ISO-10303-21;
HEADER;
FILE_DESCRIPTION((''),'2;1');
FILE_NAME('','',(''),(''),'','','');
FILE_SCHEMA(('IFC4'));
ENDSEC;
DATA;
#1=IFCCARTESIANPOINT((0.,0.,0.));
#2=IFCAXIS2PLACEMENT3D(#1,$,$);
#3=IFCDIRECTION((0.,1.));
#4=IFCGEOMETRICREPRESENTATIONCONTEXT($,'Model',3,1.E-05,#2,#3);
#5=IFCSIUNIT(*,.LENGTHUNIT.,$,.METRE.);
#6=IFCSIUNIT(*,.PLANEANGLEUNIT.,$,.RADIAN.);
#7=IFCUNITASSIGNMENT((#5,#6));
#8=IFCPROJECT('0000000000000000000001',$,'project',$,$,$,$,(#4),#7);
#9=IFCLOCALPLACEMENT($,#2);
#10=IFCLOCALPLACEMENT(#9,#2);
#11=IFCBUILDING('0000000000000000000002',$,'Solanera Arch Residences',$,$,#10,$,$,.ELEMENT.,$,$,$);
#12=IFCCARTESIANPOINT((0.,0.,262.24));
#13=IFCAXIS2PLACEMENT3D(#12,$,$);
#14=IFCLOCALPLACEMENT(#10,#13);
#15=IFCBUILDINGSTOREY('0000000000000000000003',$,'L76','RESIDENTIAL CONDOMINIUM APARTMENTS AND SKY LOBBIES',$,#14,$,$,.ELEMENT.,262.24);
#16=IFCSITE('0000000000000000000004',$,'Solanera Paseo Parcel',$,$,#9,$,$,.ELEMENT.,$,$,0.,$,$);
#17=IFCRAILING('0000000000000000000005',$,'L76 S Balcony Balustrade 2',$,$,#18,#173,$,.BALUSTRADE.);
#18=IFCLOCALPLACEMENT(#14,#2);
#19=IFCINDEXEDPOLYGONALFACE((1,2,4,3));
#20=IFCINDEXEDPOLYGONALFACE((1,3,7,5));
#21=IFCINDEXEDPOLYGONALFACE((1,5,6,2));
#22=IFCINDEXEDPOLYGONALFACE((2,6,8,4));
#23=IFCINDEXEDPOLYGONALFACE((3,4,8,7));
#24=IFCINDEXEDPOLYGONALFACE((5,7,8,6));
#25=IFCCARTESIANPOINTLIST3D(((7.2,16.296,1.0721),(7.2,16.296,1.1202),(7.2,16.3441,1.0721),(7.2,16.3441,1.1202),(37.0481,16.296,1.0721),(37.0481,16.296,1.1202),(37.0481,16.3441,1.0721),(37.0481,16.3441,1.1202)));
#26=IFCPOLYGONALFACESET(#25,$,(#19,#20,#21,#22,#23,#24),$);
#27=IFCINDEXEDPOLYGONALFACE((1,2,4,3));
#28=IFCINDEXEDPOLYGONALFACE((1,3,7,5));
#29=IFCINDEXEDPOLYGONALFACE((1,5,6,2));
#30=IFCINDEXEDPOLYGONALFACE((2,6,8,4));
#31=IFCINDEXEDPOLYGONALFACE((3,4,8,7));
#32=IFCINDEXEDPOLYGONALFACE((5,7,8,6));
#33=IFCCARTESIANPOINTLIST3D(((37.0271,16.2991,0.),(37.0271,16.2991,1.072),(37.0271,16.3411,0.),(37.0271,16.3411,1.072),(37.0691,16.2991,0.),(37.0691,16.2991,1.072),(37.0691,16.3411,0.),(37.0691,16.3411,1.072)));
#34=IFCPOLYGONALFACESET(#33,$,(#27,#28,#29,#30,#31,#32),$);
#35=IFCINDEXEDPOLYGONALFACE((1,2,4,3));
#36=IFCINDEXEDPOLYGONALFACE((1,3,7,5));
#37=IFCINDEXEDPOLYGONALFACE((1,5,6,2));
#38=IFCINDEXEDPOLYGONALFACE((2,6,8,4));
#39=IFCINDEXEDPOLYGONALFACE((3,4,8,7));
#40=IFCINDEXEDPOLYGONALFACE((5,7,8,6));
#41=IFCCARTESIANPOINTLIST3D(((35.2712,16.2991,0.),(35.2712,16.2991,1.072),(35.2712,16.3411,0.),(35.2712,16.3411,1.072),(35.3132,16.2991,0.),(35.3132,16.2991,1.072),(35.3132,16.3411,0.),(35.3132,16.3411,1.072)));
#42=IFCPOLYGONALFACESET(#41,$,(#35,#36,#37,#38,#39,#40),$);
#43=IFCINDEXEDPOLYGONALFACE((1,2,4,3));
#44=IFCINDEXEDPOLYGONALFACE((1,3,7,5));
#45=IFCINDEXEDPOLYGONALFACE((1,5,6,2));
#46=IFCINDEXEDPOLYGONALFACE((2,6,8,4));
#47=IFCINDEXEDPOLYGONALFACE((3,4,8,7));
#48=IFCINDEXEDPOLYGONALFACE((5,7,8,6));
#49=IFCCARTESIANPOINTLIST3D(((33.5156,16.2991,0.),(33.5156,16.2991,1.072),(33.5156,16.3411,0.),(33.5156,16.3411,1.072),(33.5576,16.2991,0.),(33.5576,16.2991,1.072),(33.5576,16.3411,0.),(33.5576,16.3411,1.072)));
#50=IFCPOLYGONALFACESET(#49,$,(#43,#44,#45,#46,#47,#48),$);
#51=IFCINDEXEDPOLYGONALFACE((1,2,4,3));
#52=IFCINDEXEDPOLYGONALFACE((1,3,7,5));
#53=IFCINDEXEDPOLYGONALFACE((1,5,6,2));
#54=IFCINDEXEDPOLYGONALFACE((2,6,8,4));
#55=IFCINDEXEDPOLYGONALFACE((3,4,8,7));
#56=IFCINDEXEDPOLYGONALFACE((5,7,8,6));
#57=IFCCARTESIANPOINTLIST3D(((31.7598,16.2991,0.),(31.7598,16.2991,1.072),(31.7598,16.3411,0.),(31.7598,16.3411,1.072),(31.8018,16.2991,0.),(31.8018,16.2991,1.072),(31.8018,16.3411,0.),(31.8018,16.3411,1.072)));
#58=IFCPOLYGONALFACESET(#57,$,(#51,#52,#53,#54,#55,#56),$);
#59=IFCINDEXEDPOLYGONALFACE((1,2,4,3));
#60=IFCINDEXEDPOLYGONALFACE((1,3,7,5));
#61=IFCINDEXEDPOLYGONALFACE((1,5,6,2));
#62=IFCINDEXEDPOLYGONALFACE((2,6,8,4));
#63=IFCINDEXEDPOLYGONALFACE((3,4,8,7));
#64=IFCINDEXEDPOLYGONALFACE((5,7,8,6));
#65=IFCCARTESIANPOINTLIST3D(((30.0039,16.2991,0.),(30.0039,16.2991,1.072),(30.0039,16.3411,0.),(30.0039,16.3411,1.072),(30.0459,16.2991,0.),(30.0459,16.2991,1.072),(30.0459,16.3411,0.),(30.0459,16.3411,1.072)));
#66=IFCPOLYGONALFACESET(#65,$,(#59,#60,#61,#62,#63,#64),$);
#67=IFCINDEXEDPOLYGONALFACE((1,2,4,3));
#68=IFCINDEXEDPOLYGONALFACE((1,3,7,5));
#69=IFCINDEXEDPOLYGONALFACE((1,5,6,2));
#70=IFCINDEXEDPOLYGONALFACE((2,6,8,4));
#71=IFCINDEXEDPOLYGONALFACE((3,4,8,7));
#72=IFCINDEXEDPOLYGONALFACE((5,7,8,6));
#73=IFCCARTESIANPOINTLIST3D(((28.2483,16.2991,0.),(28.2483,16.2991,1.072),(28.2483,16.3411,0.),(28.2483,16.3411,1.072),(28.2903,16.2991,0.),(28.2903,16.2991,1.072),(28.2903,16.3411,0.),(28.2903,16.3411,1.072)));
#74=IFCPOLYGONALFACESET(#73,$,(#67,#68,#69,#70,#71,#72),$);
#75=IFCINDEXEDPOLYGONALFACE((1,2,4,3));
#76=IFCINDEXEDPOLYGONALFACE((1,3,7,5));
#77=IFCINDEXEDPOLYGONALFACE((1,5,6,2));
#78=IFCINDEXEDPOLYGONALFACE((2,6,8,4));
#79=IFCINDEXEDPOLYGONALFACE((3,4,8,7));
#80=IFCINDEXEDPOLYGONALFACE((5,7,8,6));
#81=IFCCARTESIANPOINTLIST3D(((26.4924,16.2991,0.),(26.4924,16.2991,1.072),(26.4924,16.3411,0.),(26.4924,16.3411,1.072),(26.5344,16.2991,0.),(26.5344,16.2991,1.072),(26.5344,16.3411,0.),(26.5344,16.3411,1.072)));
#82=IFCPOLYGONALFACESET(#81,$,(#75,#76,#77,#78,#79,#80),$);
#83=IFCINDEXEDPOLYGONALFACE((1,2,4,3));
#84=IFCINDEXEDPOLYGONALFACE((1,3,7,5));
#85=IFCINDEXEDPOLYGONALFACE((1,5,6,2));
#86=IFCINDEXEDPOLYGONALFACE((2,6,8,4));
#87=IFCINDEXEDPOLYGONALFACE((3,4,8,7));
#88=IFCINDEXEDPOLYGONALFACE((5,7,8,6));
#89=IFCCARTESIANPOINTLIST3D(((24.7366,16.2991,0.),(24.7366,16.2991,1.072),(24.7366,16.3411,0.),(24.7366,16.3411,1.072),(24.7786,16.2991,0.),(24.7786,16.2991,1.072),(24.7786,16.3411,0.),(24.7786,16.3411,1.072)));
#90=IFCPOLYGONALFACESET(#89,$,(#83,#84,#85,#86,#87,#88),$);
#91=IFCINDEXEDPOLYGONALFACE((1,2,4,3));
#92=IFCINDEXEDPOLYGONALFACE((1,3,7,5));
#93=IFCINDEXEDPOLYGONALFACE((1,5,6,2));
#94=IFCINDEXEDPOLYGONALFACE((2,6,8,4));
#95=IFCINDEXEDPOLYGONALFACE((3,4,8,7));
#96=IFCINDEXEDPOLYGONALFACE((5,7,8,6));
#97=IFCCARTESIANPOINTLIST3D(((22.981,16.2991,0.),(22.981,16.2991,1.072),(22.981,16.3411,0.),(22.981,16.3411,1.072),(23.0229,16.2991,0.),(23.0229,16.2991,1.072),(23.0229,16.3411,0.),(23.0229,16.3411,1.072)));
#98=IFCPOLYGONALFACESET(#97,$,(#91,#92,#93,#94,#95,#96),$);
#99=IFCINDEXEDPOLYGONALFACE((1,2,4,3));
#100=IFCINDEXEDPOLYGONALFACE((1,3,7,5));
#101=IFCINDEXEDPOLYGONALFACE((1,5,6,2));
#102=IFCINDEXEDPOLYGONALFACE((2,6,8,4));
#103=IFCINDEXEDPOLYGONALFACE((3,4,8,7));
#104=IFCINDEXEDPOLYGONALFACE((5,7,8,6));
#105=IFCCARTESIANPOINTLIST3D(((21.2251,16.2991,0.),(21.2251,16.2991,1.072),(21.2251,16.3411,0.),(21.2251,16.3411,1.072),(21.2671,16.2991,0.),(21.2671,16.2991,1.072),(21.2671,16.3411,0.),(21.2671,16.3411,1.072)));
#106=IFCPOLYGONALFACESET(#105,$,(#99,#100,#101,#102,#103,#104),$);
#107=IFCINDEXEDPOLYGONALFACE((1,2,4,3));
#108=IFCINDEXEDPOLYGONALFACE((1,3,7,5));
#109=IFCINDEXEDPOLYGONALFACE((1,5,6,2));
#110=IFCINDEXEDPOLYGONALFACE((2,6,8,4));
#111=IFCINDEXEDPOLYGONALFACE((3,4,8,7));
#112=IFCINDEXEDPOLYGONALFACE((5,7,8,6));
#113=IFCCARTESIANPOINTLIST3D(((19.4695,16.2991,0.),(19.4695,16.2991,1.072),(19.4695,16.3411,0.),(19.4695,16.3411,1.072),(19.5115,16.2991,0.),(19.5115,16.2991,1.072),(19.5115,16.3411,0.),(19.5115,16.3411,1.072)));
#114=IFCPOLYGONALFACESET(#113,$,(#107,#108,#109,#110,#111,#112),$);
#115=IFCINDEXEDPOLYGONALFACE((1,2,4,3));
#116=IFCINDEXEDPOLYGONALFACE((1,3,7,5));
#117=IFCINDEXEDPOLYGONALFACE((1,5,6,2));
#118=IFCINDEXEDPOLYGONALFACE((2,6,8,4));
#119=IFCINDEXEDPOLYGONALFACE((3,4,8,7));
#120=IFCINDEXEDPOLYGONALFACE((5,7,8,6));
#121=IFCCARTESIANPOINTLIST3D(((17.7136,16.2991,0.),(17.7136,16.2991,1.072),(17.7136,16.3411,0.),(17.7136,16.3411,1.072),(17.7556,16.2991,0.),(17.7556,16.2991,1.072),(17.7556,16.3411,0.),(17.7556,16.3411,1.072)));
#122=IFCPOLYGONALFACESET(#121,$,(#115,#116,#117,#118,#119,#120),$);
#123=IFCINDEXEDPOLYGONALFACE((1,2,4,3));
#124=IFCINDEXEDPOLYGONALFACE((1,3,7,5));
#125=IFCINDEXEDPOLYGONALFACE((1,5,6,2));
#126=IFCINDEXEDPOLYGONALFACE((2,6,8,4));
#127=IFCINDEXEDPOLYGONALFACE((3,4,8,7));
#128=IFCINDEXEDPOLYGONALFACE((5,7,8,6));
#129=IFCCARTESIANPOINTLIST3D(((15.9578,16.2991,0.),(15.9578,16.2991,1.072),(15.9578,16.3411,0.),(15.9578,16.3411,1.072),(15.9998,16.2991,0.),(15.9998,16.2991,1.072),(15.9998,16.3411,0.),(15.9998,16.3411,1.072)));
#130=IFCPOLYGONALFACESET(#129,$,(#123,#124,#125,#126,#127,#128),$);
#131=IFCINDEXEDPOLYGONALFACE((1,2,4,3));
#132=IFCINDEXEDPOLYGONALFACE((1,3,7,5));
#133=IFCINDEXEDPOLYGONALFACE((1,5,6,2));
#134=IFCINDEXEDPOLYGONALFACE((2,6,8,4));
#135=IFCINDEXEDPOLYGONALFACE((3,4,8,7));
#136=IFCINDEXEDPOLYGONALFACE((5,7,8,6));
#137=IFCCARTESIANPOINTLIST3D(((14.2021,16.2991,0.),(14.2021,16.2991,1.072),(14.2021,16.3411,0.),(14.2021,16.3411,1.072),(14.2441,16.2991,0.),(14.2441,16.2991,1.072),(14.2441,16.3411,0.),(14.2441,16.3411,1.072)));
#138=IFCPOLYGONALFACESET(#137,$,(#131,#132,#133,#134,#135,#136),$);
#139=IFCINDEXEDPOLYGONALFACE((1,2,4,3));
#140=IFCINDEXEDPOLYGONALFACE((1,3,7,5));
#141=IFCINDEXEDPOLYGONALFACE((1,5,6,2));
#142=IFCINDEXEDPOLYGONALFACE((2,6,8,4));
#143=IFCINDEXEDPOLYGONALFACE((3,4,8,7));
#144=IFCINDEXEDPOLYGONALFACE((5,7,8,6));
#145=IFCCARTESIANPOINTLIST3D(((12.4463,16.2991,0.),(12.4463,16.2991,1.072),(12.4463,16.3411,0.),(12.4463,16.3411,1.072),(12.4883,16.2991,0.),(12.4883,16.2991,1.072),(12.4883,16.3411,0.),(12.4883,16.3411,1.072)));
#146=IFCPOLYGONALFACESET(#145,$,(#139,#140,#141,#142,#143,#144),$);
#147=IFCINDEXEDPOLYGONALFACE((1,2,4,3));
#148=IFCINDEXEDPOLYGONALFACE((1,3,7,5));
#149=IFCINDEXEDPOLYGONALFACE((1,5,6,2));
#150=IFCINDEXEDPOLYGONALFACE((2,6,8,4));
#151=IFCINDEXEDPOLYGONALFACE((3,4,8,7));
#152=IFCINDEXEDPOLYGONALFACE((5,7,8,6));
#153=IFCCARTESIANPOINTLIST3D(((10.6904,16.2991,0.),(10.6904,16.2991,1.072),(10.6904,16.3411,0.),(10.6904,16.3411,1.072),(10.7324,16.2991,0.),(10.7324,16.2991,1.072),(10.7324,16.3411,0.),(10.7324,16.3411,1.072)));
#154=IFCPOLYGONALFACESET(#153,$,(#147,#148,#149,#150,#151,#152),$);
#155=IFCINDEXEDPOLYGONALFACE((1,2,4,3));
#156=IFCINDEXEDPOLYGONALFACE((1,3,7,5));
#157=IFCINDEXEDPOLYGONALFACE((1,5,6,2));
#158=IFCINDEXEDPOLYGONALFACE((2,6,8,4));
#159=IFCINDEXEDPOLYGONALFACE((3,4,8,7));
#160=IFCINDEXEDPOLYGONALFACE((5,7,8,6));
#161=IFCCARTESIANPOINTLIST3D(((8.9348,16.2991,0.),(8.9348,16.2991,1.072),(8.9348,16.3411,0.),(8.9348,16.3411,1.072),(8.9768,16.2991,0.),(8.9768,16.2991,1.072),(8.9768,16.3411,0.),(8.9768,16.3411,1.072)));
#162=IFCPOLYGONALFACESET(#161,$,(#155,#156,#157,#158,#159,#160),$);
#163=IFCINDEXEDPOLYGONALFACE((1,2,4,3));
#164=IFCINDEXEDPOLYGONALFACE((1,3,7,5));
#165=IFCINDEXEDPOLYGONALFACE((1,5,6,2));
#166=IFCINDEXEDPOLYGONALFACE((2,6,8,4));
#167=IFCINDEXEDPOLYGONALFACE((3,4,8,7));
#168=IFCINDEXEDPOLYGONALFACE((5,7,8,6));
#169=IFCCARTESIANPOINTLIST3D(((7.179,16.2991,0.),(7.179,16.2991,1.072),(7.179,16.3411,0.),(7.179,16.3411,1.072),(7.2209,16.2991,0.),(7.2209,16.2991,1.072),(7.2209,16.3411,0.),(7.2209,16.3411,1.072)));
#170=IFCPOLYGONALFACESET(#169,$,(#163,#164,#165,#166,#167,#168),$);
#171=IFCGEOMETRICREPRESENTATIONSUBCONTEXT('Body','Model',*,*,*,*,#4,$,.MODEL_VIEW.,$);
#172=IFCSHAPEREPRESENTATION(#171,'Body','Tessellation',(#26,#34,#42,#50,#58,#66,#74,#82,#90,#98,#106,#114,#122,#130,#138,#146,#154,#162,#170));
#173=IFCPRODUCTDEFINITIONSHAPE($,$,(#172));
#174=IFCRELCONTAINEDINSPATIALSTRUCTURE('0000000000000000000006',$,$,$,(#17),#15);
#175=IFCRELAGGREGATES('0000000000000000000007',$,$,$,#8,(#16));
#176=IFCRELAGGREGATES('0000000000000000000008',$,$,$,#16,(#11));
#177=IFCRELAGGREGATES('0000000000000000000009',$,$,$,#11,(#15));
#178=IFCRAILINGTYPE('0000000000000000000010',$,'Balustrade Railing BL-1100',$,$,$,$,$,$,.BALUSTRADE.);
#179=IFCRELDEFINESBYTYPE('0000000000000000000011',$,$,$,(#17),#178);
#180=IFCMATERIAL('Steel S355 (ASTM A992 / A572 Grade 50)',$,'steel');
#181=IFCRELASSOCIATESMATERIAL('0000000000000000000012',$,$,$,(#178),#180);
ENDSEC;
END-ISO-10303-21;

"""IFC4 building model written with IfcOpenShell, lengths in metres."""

from ifc_helpers import new_model, si_unit, direction, frame, origin, origin_2d, place, context, subcontext, project, spatial, rectangle, extrude, material, type_object, element, save


model = new_model("IFC4")

# Units and contexts
model_context = context("Model", 3, precision=1e-05, world=origin(), true_north=direction((0.0, 1.0)))
body_context = subcontext(model_context, "Body", "Model", "MODEL_VIEW")
ifc_project = project(units=[si_unit("LENGTHUNIT", "METRE"), si_unit("PLANEANGLEUNIT", "RADIAN")], contexts=[model_context])

# Site, building, storey
site_placement = place(None, origin())
site = spatial("IfcSite", under=ifc_project, at=site_placement, Name="Solanera Paseo Parcel", CompositionType="ELEMENT", RefElevation=0.0)
building_placement = place(site_placement, origin())
building = spatial("IfcBuilding", under=site, at=building_placement, Name="Solanera Arch Residences", CompositionType="ELEMENT")
storey_placement = place(building_placement, frame((0.0, 0.0, 262.24)))
storey = spatial("IfcBuildingStorey", under=building, at=storey_placement, Name="L76", Description="RESIDENTIAL CONDOMINIUM APARTMENTS AND SKY LOBBIES", CompositionType="ELEMENT", Elevation=262.24)

# Railing
ifc_material_1 = material(Name="Steel S355 (ASTM A992 / A572 Grade 50)", Category="steel")
railing_type = type_object("IfcRailingType", Name="Balustrade Railing BL-1100", PredefinedType="BALUSTRADE", material=ifc_material_1)
railing_1_placement = place(storey_placement, frame((37.0481, 16.3201, 0.0)))
element("IfcRailing", 1, at=railing_1_placement, inside=storey, type_object=railing_type, Name="L76 S Balcony Balustrade 2", PredefinedType="BALUSTRADE", context=body_context, shape_type="SweptSolid", body=[
    extrude(rectangle(XDim=0.0481, YDim=0.0481, at=origin_2d()), frame((0.0, 0.0, 1.0962), z_axis=(-1.0, 0.0, 0.0), x_axis=(0.0, -1.0, 0.0)), (0.0, 0.0, 1.0), 29.8481),
    extrude(rectangle(XDim=0.042, YDim=0.042, at=origin_2d()), origin(), (0.0, 0.0, 1.0), 1.072),
    extrude(rectangle(XDim=0.042, YDim=0.042, at=origin_2d()), frame((-1.7559, 0.0, 0.0)), (0.0, 0.0, 1.0), 1.072),
    extrude(rectangle(XDim=0.042, YDim=0.042, at=origin_2d()), frame((-3.5115, 0.0, 0.0)), (0.0, 0.0, 1.0), 1.072),
    extrude(rectangle(XDim=0.042, YDim=0.042, at=origin_2d()), frame((-5.2673, 0.0, 0.0)), (0.0, 0.0, 1.0), 1.072),
    extrude(rectangle(XDim=0.042, YDim=0.042, at=origin_2d()), frame((-7.0232, 0.0, 0.0)), (0.0, 0.0, 1.0), 1.072),
    extrude(rectangle(XDim=0.042, YDim=0.042, at=origin_2d()), frame((-8.7788, 0.0, 0.0)), (0.0, 0.0, 1.0), 1.072),
    extrude(rectangle(XDim=0.042, YDim=0.042, at=origin_2d()), frame((-10.5347, 0.0, 0.0)), (0.0, 0.0, 1.0), 1.072),
    extrude(rectangle(XDim=0.042, YDim=0.042, at=origin_2d()), frame((-12.2905, 0.0, 0.0)), (0.0, 0.0, 1.0), 1.072),
    extrude(rectangle(XDim=0.042, YDim=0.042, at=origin_2d()), frame((-14.0461, 0.0, 0.0)), (0.0, 0.0, 1.0), 1.072),
    extrude(rectangle(XDim=0.042, YDim=0.042, at=origin_2d()), frame((-15.802, 0.0, 0.0)), (0.0, 0.0, 1.0), 1.072),
    extrude(rectangle(XDim=0.042, YDim=0.042, at=origin_2d()), frame((-17.5576, 0.0, 0.0)), (0.0, 0.0, 1.0), 1.072),
    extrude(rectangle(XDim=0.042, YDim=0.042, at=origin_2d()), frame((-19.3135, 0.0, 0.0)), (0.0, 0.0, 1.0), 1.072),
    extrude(rectangle(XDim=0.042, YDim=0.042, at=origin_2d()), frame((-21.0693, 0.0, 0.0)), (0.0, 0.0, 1.0), 1.072),
    extrude(rectangle(XDim=0.042, YDim=0.042, at=origin_2d()), frame((-22.825, 0.0, 0.0)), (0.0, 0.0, 1.0), 1.072),
    extrude(rectangle(XDim=0.042, YDim=0.042, at=origin_2d()), frame((-24.5808, 0.0, 0.0)), (0.0, 0.0, 1.0), 1.072),
    extrude(rectangle(XDim=0.042, YDim=0.042, at=origin_2d()), frame((-26.3367, 0.0, 0.0)), (0.0, 0.0, 1.0), 1.072),
    extrude(rectangle(XDim=0.042, YDim=0.042, at=origin_2d()), frame((-28.0923, 0.0, 0.0)), (0.0, 0.0, 1.0), 1.072),
    extrude(rectangle(XDim=0.042, YDim=0.042, at=origin_2d()), frame((-29.8481, 0.0, 0.0)), (0.0, 0.0, 1.0), 1.072),
])

save(model, "model.ifc")
